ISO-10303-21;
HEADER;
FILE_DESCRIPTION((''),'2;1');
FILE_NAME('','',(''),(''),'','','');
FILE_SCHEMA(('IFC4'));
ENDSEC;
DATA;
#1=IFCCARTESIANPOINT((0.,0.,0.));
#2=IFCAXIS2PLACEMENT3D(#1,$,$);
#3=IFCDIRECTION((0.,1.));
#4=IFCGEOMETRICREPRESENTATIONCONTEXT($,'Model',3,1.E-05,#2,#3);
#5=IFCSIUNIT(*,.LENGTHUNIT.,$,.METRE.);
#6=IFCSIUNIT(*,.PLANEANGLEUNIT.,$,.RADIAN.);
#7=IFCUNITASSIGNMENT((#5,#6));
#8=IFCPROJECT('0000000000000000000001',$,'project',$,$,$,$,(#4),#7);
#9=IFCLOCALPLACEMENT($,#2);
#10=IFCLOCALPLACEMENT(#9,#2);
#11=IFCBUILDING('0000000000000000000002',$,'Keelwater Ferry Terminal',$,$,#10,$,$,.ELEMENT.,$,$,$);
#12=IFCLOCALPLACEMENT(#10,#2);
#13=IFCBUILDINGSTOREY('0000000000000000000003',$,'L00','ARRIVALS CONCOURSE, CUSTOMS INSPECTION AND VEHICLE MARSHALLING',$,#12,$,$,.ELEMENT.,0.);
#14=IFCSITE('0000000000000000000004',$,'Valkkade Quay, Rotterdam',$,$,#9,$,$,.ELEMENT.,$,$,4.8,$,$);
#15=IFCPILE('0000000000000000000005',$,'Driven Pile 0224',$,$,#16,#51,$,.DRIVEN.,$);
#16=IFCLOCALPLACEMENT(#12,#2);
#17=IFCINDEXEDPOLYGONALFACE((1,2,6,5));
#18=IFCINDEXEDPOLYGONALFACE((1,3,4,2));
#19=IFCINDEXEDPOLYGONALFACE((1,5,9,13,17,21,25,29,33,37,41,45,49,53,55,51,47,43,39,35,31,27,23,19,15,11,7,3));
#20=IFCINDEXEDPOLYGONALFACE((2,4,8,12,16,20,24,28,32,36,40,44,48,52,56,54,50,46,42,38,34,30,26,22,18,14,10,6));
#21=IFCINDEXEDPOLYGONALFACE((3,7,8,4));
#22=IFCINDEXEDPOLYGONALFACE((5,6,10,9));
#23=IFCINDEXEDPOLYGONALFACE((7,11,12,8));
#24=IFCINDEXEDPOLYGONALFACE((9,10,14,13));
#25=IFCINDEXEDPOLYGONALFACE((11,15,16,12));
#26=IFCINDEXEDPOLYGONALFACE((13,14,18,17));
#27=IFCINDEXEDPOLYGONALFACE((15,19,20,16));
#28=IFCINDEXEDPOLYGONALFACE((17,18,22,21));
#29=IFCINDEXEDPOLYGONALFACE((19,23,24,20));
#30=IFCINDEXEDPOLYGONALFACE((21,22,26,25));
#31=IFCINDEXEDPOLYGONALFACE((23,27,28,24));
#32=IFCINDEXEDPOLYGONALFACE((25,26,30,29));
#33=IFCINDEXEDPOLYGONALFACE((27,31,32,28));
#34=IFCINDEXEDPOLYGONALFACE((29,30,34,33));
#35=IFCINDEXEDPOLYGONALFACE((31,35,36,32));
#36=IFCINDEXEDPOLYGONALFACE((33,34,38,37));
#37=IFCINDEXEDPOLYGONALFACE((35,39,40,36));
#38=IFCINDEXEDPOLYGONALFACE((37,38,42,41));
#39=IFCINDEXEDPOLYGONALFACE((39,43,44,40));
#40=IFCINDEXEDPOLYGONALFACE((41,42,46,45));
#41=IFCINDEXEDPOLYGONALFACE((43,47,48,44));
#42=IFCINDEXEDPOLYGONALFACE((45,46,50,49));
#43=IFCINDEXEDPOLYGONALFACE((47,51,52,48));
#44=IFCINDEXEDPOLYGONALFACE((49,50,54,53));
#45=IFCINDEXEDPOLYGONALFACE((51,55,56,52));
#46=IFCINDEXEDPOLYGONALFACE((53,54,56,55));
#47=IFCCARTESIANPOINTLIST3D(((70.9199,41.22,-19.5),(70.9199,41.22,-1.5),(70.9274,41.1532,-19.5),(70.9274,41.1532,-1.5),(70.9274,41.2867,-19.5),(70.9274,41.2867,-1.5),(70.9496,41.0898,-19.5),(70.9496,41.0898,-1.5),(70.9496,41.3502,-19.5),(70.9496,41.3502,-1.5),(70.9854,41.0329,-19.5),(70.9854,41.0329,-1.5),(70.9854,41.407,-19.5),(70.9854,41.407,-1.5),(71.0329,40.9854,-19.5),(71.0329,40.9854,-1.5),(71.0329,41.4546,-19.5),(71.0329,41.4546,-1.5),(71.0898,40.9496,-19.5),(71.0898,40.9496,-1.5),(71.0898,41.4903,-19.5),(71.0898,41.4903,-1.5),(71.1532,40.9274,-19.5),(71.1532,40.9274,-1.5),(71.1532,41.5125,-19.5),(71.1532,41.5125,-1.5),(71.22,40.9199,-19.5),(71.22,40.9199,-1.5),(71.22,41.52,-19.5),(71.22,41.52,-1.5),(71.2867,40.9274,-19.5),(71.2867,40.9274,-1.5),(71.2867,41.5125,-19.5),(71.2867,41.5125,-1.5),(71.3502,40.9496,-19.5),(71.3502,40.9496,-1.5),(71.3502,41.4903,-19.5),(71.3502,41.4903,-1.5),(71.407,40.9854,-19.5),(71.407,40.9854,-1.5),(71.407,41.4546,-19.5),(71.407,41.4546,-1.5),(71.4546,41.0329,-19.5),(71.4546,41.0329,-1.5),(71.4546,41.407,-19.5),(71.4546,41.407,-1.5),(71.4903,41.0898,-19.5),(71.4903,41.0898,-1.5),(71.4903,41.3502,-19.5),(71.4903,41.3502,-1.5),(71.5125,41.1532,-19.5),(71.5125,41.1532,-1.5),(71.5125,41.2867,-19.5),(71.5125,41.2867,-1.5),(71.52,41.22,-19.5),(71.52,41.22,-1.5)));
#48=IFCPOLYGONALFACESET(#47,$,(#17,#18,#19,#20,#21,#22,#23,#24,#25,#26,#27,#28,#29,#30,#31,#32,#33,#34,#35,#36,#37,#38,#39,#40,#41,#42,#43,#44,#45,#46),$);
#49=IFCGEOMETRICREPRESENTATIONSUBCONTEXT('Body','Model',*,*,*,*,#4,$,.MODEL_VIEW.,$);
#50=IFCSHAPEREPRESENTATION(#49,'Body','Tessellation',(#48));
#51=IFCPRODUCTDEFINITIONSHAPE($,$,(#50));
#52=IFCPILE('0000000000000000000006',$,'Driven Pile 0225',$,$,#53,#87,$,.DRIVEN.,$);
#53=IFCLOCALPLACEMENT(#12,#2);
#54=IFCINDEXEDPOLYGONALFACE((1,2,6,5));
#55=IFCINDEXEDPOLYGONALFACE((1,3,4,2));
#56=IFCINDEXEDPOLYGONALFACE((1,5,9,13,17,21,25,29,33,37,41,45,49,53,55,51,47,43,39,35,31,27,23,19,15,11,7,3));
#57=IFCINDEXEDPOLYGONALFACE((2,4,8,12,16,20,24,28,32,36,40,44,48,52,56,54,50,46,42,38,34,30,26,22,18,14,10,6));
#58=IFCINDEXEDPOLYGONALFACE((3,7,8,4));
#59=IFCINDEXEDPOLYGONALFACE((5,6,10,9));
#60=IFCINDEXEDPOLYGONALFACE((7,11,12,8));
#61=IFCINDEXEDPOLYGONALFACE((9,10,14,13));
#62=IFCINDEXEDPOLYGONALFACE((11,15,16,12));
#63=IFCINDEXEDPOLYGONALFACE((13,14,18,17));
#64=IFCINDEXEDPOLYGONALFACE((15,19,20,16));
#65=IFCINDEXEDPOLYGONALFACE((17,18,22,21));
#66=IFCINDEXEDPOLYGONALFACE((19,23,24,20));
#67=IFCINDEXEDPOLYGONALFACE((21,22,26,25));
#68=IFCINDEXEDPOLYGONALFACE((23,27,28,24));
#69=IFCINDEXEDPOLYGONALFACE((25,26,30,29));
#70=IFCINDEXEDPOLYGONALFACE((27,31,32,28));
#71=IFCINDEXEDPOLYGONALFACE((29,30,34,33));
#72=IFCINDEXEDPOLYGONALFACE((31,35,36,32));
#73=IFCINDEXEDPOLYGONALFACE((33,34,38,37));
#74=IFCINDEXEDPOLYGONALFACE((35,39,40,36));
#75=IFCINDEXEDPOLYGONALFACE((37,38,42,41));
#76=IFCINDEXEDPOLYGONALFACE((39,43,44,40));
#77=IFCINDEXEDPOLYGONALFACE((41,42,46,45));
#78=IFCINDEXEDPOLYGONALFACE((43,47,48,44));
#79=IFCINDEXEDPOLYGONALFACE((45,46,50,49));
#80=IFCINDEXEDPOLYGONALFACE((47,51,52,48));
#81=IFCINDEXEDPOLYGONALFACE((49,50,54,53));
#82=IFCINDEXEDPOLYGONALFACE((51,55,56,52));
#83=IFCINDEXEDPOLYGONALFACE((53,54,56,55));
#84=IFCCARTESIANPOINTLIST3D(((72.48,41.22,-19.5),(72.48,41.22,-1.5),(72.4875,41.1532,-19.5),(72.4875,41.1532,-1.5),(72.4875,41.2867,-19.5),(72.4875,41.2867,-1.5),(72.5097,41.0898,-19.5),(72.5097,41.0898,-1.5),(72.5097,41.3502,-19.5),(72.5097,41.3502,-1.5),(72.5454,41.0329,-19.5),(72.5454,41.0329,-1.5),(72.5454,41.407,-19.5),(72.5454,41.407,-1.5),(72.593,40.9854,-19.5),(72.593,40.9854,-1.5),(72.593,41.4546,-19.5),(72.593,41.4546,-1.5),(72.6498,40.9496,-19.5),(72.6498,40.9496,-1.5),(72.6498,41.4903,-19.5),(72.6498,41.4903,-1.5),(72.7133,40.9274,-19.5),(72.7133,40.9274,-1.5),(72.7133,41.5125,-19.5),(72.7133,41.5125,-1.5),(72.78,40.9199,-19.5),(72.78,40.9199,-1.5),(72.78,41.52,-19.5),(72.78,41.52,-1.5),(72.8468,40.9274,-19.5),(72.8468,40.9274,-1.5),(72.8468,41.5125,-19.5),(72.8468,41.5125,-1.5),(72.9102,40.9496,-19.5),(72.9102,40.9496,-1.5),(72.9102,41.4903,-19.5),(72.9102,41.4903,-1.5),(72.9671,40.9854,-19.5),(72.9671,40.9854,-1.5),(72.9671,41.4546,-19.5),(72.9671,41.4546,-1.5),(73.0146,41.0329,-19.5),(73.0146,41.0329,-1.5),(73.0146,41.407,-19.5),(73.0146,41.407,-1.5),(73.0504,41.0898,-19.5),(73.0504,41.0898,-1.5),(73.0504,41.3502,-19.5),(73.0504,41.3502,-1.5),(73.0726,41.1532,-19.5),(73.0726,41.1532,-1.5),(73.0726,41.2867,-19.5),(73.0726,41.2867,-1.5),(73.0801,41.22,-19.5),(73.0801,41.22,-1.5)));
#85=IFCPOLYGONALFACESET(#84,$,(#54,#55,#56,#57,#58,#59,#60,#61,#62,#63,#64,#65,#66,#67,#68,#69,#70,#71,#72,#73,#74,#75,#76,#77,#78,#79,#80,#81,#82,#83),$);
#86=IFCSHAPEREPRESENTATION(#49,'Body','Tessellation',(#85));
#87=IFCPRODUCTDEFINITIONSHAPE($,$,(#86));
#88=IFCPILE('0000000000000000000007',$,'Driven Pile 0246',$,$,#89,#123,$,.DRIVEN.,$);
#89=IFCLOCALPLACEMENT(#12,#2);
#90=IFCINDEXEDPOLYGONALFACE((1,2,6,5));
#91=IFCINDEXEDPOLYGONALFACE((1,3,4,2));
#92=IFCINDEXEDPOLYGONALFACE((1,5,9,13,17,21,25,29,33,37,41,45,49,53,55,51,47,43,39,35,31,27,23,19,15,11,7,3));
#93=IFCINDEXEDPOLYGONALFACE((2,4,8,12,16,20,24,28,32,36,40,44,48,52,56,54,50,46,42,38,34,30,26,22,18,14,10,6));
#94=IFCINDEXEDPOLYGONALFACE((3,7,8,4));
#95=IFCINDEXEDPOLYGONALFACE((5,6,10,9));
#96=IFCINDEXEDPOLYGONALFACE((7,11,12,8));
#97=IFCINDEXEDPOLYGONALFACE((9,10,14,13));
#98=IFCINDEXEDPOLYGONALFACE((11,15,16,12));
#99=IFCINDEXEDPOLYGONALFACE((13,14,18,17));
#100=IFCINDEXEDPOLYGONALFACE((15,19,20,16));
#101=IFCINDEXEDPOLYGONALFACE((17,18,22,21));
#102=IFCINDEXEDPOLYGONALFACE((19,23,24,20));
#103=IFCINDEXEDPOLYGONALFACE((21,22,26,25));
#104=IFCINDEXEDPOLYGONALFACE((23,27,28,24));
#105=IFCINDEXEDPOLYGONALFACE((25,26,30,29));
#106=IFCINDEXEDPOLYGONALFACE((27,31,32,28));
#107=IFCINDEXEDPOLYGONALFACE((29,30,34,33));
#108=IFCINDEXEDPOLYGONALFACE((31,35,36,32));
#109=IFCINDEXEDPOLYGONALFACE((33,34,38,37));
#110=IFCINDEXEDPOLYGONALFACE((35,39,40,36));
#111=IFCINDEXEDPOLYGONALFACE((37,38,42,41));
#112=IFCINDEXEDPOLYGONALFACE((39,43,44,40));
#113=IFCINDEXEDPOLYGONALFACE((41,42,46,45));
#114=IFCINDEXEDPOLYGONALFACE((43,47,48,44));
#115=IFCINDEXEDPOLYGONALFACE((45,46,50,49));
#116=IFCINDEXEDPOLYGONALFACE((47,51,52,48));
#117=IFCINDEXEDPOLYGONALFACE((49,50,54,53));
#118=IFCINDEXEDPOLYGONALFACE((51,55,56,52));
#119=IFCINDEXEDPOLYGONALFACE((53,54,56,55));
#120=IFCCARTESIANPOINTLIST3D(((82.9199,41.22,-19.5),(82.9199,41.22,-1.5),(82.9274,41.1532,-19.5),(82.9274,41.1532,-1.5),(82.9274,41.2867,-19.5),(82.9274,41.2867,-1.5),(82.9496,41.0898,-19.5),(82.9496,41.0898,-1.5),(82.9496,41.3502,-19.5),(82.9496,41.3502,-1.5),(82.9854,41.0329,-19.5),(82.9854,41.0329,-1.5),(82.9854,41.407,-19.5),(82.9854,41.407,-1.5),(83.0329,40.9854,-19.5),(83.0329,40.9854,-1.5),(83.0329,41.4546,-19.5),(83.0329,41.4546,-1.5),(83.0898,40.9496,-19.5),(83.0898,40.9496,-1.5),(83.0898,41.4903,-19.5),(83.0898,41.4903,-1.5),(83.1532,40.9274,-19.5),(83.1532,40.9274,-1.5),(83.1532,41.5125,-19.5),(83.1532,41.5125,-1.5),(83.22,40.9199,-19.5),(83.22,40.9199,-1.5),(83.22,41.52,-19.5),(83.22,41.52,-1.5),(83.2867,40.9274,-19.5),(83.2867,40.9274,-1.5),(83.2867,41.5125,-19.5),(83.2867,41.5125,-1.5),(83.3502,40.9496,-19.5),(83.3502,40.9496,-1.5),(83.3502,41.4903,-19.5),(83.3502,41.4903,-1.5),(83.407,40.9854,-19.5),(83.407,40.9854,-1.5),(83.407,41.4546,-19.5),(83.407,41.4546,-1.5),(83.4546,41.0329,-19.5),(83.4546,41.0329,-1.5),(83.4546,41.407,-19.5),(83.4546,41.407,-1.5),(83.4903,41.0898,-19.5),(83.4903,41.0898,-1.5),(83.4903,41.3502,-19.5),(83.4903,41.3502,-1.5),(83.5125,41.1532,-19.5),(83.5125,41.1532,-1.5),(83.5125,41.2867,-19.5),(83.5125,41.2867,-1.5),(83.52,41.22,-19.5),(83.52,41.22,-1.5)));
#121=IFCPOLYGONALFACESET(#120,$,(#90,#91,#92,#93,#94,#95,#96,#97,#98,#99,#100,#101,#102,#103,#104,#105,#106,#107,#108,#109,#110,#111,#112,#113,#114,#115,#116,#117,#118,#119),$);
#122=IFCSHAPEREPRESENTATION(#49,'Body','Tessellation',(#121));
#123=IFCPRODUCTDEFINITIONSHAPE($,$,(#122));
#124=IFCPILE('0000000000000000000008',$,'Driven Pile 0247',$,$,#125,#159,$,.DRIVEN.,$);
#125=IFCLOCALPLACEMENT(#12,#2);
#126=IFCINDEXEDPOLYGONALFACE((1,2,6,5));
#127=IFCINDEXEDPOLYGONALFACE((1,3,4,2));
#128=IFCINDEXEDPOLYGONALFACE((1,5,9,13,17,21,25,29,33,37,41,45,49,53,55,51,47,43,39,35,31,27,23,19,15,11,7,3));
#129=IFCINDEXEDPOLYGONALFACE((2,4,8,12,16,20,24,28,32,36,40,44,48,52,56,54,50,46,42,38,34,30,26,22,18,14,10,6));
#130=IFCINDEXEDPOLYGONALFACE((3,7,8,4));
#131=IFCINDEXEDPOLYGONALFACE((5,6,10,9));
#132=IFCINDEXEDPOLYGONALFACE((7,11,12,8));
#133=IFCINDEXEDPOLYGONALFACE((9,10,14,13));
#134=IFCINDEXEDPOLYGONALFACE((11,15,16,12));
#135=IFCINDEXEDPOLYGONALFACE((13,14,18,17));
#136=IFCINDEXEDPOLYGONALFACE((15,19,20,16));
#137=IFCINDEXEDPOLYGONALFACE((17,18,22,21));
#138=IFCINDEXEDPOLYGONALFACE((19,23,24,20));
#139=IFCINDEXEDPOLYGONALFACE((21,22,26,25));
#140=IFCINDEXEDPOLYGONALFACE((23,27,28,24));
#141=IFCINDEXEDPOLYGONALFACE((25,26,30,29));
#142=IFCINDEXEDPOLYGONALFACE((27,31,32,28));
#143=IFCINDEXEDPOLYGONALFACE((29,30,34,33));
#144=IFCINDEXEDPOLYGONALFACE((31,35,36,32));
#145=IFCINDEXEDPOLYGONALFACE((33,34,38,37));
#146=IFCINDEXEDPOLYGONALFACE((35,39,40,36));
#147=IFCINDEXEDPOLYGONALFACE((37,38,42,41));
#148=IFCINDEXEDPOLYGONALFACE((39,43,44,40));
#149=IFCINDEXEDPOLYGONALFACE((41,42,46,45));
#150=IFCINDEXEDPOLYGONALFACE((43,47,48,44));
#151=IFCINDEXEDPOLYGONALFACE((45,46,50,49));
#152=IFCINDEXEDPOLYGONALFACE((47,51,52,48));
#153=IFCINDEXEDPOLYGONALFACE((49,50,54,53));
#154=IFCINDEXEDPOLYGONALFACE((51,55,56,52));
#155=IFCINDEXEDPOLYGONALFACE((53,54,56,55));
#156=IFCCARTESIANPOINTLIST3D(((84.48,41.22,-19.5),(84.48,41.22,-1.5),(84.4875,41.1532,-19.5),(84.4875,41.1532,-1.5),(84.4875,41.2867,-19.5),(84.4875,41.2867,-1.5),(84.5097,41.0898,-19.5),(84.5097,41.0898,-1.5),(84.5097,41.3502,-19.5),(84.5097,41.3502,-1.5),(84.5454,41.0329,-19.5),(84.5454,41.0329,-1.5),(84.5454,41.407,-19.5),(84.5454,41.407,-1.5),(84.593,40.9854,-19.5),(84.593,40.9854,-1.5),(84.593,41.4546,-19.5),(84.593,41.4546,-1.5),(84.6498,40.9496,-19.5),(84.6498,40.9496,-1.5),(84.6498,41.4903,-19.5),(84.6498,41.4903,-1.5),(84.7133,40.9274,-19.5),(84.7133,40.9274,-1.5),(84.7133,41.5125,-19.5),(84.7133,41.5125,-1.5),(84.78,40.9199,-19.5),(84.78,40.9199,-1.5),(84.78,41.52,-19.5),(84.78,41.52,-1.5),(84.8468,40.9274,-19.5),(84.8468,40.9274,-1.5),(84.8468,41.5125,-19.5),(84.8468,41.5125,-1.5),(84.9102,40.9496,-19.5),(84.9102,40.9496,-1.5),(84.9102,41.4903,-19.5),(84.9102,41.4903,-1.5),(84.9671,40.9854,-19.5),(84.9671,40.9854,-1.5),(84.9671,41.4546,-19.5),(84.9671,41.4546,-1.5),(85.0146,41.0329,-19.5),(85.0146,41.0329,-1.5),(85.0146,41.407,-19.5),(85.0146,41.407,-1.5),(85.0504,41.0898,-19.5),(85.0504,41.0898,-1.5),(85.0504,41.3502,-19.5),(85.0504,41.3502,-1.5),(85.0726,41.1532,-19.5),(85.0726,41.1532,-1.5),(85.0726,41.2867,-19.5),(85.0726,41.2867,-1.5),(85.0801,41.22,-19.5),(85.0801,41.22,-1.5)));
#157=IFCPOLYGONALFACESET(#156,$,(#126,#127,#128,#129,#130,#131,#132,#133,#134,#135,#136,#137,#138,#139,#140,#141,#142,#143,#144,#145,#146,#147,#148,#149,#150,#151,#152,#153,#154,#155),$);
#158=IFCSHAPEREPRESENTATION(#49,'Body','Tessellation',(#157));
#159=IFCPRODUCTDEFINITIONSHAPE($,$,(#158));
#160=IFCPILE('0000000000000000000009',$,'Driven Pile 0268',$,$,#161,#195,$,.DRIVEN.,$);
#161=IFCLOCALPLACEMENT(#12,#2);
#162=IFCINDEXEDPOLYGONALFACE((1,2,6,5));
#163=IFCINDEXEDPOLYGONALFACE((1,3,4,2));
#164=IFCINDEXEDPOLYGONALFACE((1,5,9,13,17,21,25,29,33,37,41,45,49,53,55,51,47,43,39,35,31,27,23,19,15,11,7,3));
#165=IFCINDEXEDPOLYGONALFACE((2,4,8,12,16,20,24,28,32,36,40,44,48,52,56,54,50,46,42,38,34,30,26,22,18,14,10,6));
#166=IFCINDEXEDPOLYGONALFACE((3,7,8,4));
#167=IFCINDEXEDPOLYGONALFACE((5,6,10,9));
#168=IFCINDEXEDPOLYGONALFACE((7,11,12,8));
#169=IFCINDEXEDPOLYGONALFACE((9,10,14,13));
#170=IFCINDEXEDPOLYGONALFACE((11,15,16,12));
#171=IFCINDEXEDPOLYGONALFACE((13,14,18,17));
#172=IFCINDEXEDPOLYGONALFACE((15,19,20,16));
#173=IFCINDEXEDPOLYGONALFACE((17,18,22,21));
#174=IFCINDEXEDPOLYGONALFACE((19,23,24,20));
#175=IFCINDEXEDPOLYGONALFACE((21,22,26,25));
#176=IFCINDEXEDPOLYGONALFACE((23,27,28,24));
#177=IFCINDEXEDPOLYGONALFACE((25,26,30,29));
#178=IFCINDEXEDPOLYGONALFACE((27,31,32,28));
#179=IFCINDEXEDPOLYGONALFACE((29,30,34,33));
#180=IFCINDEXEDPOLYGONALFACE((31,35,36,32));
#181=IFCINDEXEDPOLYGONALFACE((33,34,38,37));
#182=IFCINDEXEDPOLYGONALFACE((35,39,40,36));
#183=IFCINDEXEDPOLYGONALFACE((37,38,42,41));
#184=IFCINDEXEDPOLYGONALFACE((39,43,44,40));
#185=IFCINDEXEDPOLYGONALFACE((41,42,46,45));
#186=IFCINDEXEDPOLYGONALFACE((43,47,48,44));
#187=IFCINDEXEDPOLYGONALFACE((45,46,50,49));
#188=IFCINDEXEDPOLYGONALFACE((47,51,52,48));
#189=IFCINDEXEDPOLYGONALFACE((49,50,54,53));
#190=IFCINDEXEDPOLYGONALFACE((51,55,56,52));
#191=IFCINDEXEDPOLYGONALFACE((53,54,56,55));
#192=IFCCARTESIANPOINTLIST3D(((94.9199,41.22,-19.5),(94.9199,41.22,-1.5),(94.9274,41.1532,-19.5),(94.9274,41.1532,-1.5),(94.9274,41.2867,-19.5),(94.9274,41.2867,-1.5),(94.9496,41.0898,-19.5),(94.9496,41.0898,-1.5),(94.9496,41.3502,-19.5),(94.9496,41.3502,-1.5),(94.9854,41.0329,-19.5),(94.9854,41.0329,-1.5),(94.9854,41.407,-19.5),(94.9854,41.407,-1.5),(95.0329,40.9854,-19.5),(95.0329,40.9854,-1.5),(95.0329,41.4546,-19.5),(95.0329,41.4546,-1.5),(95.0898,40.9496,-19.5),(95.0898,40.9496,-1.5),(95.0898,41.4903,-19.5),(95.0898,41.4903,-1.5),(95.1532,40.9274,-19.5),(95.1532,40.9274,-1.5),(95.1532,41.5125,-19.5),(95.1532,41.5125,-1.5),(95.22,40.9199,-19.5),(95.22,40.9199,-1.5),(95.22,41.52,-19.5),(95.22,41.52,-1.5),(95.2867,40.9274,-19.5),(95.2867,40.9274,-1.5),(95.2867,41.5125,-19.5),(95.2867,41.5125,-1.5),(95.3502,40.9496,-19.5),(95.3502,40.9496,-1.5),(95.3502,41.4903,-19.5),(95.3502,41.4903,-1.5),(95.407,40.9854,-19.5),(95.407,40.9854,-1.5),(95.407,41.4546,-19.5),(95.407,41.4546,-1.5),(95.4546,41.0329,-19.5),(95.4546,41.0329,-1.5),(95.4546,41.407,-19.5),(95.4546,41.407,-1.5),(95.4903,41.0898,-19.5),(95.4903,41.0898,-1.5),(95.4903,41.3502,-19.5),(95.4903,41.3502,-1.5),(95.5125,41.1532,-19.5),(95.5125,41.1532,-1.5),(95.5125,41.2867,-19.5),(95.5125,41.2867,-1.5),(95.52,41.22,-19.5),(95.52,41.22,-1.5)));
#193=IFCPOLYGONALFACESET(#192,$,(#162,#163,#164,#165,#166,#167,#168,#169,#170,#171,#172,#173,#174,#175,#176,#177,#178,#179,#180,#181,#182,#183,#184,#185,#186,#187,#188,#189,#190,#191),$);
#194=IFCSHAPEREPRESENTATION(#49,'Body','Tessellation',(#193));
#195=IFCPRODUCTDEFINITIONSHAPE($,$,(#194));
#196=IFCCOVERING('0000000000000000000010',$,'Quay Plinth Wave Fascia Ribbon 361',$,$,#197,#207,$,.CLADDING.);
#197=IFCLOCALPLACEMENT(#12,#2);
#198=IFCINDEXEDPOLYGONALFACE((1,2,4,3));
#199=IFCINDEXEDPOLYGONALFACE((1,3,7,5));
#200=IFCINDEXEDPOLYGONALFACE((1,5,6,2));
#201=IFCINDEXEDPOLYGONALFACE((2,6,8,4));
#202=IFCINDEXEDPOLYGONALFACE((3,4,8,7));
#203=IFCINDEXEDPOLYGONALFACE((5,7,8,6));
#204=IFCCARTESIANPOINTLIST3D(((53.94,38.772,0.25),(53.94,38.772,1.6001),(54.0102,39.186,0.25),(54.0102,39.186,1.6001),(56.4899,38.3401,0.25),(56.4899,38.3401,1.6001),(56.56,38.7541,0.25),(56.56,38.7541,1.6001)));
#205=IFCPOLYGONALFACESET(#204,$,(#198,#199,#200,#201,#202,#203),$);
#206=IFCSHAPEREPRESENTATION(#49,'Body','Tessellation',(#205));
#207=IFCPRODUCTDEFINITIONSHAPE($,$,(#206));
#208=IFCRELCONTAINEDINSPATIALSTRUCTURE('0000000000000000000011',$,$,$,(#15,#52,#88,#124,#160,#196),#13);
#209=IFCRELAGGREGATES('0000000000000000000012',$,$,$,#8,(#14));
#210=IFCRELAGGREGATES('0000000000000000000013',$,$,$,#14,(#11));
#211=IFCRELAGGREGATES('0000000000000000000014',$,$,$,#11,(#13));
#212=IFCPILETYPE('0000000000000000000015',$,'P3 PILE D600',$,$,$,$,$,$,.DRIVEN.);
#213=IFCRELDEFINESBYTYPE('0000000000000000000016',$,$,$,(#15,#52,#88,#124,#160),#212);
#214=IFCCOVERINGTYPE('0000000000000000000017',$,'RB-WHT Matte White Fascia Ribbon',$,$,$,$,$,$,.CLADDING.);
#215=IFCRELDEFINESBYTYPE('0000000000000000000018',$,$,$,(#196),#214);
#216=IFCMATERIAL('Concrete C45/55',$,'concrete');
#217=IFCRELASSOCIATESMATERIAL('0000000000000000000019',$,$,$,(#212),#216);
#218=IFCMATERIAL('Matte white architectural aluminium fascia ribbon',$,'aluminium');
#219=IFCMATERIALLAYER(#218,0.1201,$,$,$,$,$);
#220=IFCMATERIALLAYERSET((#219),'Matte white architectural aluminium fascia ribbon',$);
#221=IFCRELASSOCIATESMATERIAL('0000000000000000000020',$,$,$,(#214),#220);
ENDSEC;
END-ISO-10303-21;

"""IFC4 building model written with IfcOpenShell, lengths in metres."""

from ifc_helpers import new_model, si_unit, direction, frame, origin, origin_2d, place, context, subcontext, project, spatial, polyline, circle, outline, extrude, material, layer, layer_set, material_profile, profile_set, type_object, element, save


model = new_model("IFC4")

# Units and contexts
model_context = context("Model", 3, precision=1e-05, world=origin(), true_north=direction((0.0, 1.0)))
body_context = subcontext(model_context, "Body", "Model", "MODEL_VIEW")
ifc_project = project(units=[si_unit("LENGTHUNIT", "METRE"), si_unit("PLANEANGLEUNIT", "RADIAN")], contexts=[model_context])

# Site, building, storey
site_placement = place(None, origin())
site = spatial("IfcSite", under=ifc_project, at=site_placement, Name="Valkkade Quay, Rotterdam", CompositionType="ELEMENT", RefElevation=4.8)
building_placement = place(site_placement, origin())
building = spatial("IfcBuilding", under=site, at=building_placement, Name="Keelwater Ferry Terminal", CompositionType="ELEMENT")
storey_placement = place(building_placement, origin())
storey = spatial("IfcBuildingStorey", under=building, at=storey_placement, Name="L00", Description="ARRIVALS CONCOURSE, CUSTOMS INSPECTION AND VEHICLE MARSHALLING", CompositionType="ELEMENT", Elevation=0.0)

# Piles
ifc_material_1 = material(Name="Concrete C45/55", Category="concrete")
ifc_material_profile_1 = material_profile(ifc_material_1, circle(Radius=0.3, at=origin_2d()), Name="PILE D600")
ifc_profile_set_1 = profile_set([ifc_material_profile_1], Name="Concrete C45/55")
pile_type_1 = type_object("IfcPileType", Name="P3 PILE D600", PredefinedType="DRIVEN", material=ifc_profile_set_1)
for number, where, z_axis, x_axis, name in (
    (1, (71.22, 41.22, -1.5), (0.0, 0.0, -1.0), (1.0, 0.0, 0.0), "Driven Pile 0224"),
    (2, (72.78, 41.22, -1.5), (0.0, 0.0, -1.0), (1.0, 0.0, 0.0), "Driven Pile 0225"),
    (3, (83.22, 41.22, -1.5), (0.0, 0.0, -1.0), (1.0, 0.0, 0.0), "Driven Pile 0246"),
    (4, (84.78, 41.22, -1.5), (0.0, 0.0, -1.0), (1.0, 0.0, 0.0), "Driven Pile 0247"),
    (5, (95.22, 41.22, -1.5), (0.0, 0.0, -1.0), (1.0, 0.0, 0.0), "Driven Pile 0268"),
):
    element("IfcPile", number, at=place(storey_placement, frame(where, z_axis=z_axis, x_axis=x_axis)), inside=storey, type_object=pile_type_1, Name=name, PredefinedType="DRIVEN", context=body_context, shape_type="SweptSolid", body=[
        extrude(circle(Radius=0.3, at=origin_2d()), origin(), (0.0, 0.0, 1.0), 18.0),
    ])

# Covering
ifc_material_2 = material(Name="Matte white architectural aluminium fascia ribbon", Category="aluminium")
ifc_layer = layer(ifc_material_2, 0.1201)
ifc_layer_set = layer_set([ifc_layer], Name="Matte white architectural aluminium fascia ribbon")
covering_type = type_object("IfcCoveringType", Name="RB-WHT Matte White Fascia Ribbon", PredefinedType="CLADDING", material=ifc_layer_set)
covering_1_placement = place(storey_placement, frame((53.9751, 38.979, 0.25), z_axis=(0.0, 0.0, 1.0), x_axis=(0.985957, -0.167001, 0.0)))
element("IfcCovering", 6, at=covering_1_placement, inside=storey, type_object=covering_type, Name="Quay Plinth Wave Fascia Ribbon 361", PredefinedType="CLADDING", context=body_context, shape_type="SweptSolid", body=[
    extrude(outline(polyline([(0.0, 0.0), (2.5862, 0.0), (2.5862, 1.3501), (0.0, 1.3501), (0.0, 0.0)])), frame((0.0, 0.21, 0.0), z_axis=(0.0, -1.0, 0.0), x_axis=(1.0, 0.0, 0.0)), (0.0, 0.0, 1.0), 0.4199),
])

save(model, "model.ifc")
